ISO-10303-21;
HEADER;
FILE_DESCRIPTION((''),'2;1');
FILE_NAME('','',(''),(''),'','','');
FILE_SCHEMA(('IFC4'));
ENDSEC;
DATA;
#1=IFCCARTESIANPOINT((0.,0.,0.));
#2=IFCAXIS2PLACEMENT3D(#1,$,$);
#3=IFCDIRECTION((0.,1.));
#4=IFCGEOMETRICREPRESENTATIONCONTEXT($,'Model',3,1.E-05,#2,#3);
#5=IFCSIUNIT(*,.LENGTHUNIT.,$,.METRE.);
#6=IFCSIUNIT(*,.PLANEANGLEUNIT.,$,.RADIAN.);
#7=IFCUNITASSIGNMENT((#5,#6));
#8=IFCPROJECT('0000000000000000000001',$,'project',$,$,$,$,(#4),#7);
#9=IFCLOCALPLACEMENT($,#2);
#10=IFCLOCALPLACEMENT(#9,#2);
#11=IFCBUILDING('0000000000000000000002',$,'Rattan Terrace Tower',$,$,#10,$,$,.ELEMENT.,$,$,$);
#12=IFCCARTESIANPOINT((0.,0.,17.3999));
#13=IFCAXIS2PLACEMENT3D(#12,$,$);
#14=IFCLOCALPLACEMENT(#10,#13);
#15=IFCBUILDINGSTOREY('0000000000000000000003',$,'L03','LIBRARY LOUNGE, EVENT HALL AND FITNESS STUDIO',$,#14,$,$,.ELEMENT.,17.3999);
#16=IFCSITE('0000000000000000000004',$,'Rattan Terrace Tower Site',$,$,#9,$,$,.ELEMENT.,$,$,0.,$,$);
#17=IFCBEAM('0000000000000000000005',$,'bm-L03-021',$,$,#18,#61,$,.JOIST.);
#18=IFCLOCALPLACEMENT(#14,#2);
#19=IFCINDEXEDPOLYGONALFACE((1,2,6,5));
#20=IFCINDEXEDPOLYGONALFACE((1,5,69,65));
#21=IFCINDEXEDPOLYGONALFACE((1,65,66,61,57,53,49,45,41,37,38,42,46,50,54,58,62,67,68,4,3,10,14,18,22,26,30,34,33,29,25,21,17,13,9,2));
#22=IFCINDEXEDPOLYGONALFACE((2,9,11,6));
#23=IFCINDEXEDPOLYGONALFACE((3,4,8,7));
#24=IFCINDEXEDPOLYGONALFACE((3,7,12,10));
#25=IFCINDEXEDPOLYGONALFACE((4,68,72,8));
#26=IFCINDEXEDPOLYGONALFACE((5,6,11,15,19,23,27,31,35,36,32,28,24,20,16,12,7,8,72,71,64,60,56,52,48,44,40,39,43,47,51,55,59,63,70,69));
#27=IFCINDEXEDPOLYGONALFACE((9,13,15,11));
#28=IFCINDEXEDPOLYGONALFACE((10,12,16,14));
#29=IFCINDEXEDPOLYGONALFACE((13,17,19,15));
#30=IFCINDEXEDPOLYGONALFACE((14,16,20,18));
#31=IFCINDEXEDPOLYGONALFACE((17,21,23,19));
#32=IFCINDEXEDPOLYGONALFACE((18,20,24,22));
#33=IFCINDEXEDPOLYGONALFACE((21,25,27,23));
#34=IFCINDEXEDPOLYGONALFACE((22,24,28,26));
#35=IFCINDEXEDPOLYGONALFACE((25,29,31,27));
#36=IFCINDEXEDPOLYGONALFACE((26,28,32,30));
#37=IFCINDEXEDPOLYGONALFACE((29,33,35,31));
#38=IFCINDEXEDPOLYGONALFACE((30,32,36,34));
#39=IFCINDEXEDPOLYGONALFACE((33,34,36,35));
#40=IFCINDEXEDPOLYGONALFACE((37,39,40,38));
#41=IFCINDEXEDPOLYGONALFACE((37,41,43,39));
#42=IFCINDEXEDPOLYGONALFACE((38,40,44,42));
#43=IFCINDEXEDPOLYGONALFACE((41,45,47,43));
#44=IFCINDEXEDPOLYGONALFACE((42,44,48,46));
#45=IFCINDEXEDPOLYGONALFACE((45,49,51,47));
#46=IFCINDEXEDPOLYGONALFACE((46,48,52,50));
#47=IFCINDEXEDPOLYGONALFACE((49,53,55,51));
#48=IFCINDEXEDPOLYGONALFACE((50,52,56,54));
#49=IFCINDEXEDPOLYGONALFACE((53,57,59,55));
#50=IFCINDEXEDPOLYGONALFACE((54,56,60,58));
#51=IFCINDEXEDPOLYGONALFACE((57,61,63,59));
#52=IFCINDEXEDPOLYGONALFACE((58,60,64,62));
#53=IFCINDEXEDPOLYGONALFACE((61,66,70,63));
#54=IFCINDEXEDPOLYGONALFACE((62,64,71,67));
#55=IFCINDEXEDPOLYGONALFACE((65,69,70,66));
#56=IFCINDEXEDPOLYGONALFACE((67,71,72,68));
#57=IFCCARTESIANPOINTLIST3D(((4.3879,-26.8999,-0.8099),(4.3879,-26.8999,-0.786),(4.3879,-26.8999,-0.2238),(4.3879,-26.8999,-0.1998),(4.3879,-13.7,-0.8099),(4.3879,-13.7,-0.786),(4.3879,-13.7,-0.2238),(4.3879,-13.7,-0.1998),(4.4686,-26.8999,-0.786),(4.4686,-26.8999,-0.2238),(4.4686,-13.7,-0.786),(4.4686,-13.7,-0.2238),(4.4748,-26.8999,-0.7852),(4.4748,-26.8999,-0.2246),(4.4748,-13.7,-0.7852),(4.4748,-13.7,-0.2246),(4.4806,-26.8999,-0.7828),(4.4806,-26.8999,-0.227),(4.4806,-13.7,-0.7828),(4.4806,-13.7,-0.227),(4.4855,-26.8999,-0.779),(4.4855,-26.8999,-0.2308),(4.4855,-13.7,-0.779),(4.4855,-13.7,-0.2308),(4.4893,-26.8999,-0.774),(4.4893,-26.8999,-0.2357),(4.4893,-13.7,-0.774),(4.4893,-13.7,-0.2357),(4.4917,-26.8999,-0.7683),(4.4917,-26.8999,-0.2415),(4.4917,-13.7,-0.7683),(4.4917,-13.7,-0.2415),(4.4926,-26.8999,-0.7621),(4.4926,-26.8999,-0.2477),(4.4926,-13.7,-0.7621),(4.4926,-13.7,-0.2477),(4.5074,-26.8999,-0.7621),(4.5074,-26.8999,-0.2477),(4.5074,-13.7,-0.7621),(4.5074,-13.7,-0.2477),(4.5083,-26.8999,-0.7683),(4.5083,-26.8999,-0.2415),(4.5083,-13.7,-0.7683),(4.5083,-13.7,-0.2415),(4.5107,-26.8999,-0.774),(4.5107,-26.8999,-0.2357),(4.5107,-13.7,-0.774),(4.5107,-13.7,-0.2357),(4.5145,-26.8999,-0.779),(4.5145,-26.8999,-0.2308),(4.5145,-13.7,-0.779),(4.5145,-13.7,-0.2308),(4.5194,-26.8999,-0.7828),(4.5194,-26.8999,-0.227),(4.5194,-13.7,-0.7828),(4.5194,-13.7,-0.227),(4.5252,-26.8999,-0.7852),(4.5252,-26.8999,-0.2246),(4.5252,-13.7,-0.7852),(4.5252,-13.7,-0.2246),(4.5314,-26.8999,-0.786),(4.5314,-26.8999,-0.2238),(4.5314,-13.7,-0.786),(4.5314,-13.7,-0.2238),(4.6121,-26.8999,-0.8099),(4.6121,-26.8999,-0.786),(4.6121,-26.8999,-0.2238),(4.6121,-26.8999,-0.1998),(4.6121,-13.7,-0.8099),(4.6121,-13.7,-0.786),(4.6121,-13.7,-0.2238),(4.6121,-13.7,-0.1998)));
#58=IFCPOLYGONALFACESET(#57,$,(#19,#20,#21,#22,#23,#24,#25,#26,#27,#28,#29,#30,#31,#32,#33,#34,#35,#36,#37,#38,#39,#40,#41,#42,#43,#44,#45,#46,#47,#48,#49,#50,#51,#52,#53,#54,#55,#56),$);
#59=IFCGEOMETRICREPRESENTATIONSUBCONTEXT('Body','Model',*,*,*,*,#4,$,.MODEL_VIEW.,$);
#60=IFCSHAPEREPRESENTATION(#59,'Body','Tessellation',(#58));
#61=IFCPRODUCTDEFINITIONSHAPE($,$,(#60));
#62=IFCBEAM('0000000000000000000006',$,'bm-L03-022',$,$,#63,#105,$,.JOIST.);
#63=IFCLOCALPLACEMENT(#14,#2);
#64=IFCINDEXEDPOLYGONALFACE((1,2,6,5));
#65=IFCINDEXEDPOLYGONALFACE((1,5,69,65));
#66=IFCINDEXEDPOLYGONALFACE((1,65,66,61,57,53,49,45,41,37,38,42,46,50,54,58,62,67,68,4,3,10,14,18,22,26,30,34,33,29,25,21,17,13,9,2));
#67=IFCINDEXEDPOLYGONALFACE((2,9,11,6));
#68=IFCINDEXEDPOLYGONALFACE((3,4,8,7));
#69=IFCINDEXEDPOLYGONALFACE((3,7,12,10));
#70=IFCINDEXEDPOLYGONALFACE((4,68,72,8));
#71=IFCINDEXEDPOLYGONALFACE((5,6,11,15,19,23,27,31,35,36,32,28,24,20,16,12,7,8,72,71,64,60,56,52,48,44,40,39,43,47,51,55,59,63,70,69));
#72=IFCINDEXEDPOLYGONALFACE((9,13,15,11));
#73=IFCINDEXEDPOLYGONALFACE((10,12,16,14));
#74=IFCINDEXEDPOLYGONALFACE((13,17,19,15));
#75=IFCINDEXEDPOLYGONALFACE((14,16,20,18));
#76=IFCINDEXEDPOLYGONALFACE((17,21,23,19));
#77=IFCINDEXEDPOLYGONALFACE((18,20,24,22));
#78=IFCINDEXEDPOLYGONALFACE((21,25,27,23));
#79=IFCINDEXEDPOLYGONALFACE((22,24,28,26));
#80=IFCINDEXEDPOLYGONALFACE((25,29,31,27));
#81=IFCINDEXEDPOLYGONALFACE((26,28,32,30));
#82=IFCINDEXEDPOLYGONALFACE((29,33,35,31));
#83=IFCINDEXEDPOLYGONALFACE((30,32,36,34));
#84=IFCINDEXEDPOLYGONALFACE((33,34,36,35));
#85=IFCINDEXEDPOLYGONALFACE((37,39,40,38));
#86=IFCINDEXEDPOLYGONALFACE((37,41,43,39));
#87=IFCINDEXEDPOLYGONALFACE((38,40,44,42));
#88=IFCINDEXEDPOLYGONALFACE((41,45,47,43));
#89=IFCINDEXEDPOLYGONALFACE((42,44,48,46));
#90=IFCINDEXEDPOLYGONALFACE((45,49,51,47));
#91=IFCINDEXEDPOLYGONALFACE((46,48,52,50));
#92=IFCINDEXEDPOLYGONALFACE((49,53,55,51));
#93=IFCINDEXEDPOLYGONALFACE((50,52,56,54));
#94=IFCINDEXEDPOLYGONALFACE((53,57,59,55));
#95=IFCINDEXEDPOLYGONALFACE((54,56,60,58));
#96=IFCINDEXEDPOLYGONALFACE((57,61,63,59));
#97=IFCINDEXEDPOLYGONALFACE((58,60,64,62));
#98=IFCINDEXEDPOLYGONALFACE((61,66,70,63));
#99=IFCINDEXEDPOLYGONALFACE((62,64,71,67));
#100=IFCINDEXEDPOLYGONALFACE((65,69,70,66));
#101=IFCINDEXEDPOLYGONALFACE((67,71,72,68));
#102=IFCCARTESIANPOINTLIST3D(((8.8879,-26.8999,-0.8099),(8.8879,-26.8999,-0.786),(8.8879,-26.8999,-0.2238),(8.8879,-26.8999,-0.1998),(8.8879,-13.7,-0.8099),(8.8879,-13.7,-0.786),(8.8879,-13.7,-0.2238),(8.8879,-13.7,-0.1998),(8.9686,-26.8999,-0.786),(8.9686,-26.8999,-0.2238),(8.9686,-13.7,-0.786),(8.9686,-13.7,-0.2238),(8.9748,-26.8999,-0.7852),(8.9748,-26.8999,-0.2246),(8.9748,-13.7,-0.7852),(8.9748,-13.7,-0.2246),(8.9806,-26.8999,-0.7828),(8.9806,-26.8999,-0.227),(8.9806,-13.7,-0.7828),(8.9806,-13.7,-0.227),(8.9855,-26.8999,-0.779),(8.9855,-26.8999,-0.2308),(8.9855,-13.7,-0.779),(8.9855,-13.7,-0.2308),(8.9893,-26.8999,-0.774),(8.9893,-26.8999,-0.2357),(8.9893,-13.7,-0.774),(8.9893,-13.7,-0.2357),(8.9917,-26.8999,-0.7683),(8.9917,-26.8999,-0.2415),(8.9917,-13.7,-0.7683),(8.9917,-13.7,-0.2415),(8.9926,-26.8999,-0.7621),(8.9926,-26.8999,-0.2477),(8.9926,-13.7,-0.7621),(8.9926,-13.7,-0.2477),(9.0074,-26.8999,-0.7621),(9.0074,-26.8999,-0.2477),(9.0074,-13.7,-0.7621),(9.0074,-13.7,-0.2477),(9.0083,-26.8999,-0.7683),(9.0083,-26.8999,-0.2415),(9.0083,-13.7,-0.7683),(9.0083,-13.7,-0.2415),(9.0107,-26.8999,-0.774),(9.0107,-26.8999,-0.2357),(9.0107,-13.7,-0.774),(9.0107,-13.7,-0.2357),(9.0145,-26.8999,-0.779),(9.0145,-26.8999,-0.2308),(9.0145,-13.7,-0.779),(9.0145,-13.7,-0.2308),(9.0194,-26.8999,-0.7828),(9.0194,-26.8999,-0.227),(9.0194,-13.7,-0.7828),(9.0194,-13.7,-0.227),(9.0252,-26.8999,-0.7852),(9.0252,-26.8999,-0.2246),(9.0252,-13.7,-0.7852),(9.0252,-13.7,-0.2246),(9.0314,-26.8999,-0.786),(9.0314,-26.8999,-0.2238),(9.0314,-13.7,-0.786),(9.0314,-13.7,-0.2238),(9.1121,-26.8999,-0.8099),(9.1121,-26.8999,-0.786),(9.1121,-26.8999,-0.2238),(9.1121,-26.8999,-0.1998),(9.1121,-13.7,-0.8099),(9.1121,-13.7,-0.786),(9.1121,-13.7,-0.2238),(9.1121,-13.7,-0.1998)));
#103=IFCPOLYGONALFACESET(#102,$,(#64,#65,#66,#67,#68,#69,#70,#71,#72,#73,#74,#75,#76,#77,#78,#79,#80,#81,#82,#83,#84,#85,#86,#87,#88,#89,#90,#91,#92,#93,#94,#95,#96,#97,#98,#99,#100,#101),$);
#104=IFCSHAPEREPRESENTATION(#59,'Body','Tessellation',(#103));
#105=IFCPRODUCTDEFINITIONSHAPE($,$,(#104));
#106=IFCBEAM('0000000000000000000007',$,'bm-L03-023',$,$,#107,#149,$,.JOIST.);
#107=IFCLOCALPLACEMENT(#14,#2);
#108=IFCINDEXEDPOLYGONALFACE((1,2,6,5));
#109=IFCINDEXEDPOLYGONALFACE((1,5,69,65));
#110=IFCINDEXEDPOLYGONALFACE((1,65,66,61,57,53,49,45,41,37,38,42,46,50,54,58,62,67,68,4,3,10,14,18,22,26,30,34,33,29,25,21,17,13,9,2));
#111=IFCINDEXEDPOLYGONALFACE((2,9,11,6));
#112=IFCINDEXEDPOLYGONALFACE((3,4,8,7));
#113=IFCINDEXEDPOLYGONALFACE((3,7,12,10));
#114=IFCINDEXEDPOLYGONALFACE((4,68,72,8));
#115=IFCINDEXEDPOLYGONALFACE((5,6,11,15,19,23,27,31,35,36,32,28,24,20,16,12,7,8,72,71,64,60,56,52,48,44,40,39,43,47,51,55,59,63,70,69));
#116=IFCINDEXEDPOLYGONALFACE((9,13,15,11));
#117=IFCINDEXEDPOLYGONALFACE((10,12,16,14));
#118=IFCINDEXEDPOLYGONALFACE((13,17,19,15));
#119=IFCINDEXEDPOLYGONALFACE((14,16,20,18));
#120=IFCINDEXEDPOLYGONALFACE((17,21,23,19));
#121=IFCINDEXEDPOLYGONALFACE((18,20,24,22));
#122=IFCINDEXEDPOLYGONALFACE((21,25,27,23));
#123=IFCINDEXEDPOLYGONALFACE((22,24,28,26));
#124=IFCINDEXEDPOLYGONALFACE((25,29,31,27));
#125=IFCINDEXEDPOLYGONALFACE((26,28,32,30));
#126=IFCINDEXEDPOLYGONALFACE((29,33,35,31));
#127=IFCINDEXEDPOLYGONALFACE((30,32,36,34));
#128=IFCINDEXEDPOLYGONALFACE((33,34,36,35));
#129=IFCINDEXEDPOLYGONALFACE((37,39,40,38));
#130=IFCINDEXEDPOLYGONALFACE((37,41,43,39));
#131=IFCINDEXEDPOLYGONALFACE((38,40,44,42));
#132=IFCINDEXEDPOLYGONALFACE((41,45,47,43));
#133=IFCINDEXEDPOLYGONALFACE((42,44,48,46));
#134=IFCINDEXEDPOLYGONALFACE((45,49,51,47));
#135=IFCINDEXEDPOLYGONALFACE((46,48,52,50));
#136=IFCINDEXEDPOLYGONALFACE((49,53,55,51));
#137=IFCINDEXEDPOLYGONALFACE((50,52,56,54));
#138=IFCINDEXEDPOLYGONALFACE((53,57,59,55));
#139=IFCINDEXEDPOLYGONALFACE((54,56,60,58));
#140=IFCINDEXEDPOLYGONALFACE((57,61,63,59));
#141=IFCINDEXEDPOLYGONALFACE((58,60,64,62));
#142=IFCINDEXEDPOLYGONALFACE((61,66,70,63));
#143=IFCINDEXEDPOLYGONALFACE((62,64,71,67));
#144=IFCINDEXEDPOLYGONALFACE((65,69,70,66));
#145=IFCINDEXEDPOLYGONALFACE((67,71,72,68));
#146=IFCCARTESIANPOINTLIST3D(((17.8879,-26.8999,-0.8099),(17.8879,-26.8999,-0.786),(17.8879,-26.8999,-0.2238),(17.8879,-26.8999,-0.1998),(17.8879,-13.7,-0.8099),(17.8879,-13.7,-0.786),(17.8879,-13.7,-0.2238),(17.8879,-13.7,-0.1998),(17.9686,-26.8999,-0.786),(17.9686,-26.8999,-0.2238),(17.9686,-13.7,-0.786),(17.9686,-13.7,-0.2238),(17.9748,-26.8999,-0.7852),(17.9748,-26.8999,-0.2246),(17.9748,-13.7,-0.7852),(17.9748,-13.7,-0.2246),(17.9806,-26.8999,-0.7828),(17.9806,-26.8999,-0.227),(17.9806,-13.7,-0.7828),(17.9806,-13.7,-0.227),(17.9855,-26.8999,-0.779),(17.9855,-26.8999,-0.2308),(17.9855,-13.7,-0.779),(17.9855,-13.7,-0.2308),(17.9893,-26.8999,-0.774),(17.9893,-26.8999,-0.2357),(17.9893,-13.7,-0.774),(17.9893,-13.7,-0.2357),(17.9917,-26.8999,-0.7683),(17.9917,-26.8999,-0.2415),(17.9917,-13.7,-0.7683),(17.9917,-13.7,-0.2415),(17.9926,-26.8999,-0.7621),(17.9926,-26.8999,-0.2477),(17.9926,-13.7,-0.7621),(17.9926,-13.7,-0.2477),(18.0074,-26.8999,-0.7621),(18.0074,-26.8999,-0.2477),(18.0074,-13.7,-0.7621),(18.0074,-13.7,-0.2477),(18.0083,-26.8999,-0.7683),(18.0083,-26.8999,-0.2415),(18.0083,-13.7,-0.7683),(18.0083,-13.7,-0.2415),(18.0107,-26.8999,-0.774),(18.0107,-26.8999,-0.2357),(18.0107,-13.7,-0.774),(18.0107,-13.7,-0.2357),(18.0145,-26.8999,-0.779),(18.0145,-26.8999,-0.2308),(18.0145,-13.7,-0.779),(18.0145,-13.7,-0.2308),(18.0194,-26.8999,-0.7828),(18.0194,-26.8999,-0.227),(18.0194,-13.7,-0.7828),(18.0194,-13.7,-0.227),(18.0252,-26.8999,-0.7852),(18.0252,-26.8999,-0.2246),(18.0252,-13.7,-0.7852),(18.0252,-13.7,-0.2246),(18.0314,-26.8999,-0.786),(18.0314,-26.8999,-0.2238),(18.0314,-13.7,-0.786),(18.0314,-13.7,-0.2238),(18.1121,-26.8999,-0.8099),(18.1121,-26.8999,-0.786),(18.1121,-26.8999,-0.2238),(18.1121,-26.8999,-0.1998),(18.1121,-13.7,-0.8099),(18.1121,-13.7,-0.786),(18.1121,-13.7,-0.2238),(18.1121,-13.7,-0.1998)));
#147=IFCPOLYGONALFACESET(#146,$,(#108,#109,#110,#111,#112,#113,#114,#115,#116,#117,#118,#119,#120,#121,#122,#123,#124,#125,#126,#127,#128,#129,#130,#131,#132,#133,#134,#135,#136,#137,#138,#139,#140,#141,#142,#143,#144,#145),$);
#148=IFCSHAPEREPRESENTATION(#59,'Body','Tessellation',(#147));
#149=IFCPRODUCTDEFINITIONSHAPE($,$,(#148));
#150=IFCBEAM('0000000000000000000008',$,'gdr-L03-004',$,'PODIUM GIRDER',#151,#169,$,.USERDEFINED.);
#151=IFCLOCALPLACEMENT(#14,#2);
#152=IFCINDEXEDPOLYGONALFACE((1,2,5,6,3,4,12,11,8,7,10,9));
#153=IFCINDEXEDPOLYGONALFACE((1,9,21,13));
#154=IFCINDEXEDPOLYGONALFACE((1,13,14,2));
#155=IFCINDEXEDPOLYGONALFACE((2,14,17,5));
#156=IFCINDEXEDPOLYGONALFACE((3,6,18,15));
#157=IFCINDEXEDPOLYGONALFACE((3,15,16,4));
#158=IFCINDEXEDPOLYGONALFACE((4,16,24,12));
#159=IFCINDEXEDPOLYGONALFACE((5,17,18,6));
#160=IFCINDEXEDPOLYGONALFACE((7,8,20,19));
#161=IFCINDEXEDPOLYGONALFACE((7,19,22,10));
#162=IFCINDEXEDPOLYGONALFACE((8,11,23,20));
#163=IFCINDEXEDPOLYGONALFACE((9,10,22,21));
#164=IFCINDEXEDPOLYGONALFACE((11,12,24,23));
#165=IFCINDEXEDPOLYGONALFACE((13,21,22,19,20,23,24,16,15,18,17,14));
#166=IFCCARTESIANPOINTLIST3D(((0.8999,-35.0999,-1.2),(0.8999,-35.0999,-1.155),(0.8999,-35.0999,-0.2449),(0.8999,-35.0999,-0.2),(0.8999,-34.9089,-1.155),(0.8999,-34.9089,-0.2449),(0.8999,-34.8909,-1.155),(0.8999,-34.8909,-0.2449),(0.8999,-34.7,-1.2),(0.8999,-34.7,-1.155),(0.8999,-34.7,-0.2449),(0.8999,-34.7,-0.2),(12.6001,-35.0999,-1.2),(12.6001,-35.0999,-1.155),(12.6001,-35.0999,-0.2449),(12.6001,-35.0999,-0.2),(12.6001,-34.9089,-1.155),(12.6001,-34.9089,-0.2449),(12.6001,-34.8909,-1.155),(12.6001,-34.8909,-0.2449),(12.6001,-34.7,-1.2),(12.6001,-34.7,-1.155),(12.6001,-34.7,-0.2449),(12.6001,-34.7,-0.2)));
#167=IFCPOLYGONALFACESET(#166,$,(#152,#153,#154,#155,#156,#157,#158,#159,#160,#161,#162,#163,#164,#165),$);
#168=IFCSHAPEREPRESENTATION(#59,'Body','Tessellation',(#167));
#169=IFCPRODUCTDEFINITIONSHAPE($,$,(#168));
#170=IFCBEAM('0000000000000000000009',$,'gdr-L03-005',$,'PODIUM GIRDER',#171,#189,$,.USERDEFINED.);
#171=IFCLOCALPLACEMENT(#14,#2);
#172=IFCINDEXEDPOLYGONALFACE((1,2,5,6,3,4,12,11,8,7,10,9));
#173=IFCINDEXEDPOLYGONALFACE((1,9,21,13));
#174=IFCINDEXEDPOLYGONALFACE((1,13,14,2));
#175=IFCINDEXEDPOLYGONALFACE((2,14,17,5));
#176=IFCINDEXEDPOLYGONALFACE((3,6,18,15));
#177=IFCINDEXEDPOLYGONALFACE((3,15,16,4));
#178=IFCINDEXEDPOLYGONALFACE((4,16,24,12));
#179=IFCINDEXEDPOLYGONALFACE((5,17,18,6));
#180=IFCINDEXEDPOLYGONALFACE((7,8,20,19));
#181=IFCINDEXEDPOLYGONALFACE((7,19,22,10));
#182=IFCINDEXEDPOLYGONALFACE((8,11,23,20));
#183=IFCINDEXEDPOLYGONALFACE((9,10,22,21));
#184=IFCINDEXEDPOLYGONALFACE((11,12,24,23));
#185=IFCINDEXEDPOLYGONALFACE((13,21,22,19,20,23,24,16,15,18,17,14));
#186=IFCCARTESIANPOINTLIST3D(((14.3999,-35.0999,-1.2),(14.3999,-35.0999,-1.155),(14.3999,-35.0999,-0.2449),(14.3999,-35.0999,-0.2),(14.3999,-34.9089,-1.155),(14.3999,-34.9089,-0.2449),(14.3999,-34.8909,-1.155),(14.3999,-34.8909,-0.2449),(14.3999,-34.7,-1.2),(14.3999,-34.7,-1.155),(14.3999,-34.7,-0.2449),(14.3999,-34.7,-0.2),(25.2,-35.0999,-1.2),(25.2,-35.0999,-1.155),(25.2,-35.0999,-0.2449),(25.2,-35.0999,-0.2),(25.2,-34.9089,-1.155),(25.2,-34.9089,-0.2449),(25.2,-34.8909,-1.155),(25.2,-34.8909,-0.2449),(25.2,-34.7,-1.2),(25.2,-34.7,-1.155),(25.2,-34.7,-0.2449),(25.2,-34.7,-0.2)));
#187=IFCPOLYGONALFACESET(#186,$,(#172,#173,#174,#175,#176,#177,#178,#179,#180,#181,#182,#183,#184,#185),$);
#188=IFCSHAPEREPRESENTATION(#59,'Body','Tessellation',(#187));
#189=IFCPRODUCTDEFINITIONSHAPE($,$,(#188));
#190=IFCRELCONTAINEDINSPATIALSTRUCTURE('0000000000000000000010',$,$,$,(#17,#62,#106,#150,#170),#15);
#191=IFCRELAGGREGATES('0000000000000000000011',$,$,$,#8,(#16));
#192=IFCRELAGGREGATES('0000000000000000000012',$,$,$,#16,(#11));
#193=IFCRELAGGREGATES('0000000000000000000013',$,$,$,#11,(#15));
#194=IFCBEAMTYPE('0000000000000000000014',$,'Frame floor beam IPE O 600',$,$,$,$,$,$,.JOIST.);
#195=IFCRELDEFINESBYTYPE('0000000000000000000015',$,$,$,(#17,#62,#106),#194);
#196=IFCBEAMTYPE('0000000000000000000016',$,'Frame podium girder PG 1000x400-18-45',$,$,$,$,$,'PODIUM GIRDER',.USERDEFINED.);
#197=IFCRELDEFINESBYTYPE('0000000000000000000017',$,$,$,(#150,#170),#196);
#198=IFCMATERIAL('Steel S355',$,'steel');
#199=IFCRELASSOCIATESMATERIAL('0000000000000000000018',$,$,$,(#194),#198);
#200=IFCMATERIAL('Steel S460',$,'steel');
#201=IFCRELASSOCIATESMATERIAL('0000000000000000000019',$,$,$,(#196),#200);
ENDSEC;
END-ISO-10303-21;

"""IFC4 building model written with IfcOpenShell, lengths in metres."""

from ifc_helpers import new_model, si_unit, direction, frame, origin, origin_2d, place, context, subcontext, project, spatial, i_section, extrude, material, material_profile, profile_set, type_object, element, save


model = new_model("IFC4")

# Units and contexts
model_context = context("Model", 3, precision=1e-05, world=origin(), true_north=direction((0.0, 1.0)))
body_context = subcontext(model_context, "Body", "Model", "MODEL_VIEW")
ifc_project = project(units=[si_unit("LENGTHUNIT", "METRE"), si_unit("PLANEANGLEUNIT", "RADIAN")], contexts=[model_context])

# Site, building, storey
site_placement = place(None, origin())
site = spatial("IfcSite", under=ifc_project, at=site_placement, Name="Rattan Terrace Tower Site", CompositionType="ELEMENT", RefElevation=0.0)
building_placement = place(site_placement, origin())
building = spatial("IfcBuilding", under=site, at=building_placement, Name="Rattan Terrace Tower", CompositionType="ELEMENT")
storey_placement = place(building_placement, frame((0.0, 0.0, 17.3999)))
storey = spatial("IfcBuildingStorey", under=building, at=storey_placement, Name="L03", Description="LIBRARY LOUNGE, EVENT HALL AND FITNESS STUDIO", CompositionType="ELEMENT", Elevation=17.3999)

# Beams
ifc_material_1 = material(Name="Steel S355", Category="steel")
ifc_material_profile_1 = material_profile(ifc_material_1, i_section(OverallWidth=0.2241, OverallDepth=0.6101, WebThickness=0.0149, FlangeThickness=0.0239, FilletRadius=0.0239, at=origin_2d()), Name="IPE O 600")
ifc_profile_set_1 = profile_set([ifc_material_profile_1], Name="Steel S355")
beam_type_1 = type_object("IfcBeamType", Name="Frame floor beam IPE O 600", PredefinedType="JOIST", material=ifc_profile_set_1)
for number, where, z_axis, x_axis, name in (
    (1, (4.5, -26.8999, -0.5049), (0.0, 1.0, 0.0), (-1.0, 0.0, 0.0), "bm-L03-021"),
    (2, (9.0, -26.8999, -0.5049), (0.0, 1.0, 0.0), (-1.0, 0.0, 0.0), "bm-L03-022"),
    (3, (18.0, -26.8999, -0.5049), (0.0, 1.0, 0.0), (-1.0, 0.0, 0.0), "bm-L03-023"),
):
    element("IfcBeam", number, at=place(storey_placement, frame(where, z_axis=z_axis, x_axis=x_axis)), inside=storey, type_object=beam_type_1, Name=name, PredefinedType="JOIST", context=body_context, shape_type="SweptSolid", body=[
        extrude(i_section(OverallWidth=0.2241, OverallDepth=0.6101, WebThickness=0.0149, FlangeThickness=0.0239, FilletRadius=0.0239, at=origin_2d()), origin(), (0.0, 0.0, 1.0), 13.2),
    ])
ifc_material_2 = material(Name="Steel S460", Category="steel")
ifc_material_profile_2 = material_profile(ifc_material_2, i_section(OverallWidth=0.3999, OverallDepth=1.0, WebThickness=0.0181, FlangeThickness=0.0449, at=origin_2d()), Name="PG 1000x400-18-45")
ifc_profile_set_2 = profile_set([ifc_material_profile_2], Name="Steel S460")
beam_type_2 = type_object("IfcBeamType", Name="Frame podium girder PG 1000x400-18-45", ElementType="PODIUM GIRDER", PredefinedType="USERDEFINED", material=ifc_profile_set_2)
beam_1_placement = place(storey_placement, frame((0.8999, -34.8999, -0.7), z_axis=(1.0, 0.0, 0.0), x_axis=(0.0, 1.0, 0.0)))
element("IfcBeam", 4, at=beam_1_placement, inside=storey, type_object=beam_type_2, Name="gdr-L03-004", ObjectType="PODIUM GIRDER", PredefinedType="USERDEFINED", context=body_context, shape_type="SweptSolid", body=[
    extrude(i_section(OverallWidth=0.3999, OverallDepth=1.0, WebThickness=0.0181, FlangeThickness=0.0449, at=origin_2d()), origin(), (0.0, 0.0, 1.0), 11.7002),
])
beam_2_placement = place(storey_placement, frame((14.3999, -34.8999, -0.7), z_axis=(1.0, 0.0, 0.0), x_axis=(0.0, 1.0, 0.0)))
element("IfcBeam", 5, at=beam_2_placement, inside=storey, type_object=beam_type_2, Name="gdr-L03-005", ObjectType="PODIUM GIRDER", PredefinedType="USERDEFINED", context=body_context, shape_type="SweptSolid", body=[
    extrude(i_section(OverallWidth=0.3999, OverallDepth=1.0, WebThickness=0.0181, FlangeThickness=0.0449, at=origin_2d()), origin(), (0.0, 0.0, 1.0), 10.8),
])

save(model, "model.ifc")
